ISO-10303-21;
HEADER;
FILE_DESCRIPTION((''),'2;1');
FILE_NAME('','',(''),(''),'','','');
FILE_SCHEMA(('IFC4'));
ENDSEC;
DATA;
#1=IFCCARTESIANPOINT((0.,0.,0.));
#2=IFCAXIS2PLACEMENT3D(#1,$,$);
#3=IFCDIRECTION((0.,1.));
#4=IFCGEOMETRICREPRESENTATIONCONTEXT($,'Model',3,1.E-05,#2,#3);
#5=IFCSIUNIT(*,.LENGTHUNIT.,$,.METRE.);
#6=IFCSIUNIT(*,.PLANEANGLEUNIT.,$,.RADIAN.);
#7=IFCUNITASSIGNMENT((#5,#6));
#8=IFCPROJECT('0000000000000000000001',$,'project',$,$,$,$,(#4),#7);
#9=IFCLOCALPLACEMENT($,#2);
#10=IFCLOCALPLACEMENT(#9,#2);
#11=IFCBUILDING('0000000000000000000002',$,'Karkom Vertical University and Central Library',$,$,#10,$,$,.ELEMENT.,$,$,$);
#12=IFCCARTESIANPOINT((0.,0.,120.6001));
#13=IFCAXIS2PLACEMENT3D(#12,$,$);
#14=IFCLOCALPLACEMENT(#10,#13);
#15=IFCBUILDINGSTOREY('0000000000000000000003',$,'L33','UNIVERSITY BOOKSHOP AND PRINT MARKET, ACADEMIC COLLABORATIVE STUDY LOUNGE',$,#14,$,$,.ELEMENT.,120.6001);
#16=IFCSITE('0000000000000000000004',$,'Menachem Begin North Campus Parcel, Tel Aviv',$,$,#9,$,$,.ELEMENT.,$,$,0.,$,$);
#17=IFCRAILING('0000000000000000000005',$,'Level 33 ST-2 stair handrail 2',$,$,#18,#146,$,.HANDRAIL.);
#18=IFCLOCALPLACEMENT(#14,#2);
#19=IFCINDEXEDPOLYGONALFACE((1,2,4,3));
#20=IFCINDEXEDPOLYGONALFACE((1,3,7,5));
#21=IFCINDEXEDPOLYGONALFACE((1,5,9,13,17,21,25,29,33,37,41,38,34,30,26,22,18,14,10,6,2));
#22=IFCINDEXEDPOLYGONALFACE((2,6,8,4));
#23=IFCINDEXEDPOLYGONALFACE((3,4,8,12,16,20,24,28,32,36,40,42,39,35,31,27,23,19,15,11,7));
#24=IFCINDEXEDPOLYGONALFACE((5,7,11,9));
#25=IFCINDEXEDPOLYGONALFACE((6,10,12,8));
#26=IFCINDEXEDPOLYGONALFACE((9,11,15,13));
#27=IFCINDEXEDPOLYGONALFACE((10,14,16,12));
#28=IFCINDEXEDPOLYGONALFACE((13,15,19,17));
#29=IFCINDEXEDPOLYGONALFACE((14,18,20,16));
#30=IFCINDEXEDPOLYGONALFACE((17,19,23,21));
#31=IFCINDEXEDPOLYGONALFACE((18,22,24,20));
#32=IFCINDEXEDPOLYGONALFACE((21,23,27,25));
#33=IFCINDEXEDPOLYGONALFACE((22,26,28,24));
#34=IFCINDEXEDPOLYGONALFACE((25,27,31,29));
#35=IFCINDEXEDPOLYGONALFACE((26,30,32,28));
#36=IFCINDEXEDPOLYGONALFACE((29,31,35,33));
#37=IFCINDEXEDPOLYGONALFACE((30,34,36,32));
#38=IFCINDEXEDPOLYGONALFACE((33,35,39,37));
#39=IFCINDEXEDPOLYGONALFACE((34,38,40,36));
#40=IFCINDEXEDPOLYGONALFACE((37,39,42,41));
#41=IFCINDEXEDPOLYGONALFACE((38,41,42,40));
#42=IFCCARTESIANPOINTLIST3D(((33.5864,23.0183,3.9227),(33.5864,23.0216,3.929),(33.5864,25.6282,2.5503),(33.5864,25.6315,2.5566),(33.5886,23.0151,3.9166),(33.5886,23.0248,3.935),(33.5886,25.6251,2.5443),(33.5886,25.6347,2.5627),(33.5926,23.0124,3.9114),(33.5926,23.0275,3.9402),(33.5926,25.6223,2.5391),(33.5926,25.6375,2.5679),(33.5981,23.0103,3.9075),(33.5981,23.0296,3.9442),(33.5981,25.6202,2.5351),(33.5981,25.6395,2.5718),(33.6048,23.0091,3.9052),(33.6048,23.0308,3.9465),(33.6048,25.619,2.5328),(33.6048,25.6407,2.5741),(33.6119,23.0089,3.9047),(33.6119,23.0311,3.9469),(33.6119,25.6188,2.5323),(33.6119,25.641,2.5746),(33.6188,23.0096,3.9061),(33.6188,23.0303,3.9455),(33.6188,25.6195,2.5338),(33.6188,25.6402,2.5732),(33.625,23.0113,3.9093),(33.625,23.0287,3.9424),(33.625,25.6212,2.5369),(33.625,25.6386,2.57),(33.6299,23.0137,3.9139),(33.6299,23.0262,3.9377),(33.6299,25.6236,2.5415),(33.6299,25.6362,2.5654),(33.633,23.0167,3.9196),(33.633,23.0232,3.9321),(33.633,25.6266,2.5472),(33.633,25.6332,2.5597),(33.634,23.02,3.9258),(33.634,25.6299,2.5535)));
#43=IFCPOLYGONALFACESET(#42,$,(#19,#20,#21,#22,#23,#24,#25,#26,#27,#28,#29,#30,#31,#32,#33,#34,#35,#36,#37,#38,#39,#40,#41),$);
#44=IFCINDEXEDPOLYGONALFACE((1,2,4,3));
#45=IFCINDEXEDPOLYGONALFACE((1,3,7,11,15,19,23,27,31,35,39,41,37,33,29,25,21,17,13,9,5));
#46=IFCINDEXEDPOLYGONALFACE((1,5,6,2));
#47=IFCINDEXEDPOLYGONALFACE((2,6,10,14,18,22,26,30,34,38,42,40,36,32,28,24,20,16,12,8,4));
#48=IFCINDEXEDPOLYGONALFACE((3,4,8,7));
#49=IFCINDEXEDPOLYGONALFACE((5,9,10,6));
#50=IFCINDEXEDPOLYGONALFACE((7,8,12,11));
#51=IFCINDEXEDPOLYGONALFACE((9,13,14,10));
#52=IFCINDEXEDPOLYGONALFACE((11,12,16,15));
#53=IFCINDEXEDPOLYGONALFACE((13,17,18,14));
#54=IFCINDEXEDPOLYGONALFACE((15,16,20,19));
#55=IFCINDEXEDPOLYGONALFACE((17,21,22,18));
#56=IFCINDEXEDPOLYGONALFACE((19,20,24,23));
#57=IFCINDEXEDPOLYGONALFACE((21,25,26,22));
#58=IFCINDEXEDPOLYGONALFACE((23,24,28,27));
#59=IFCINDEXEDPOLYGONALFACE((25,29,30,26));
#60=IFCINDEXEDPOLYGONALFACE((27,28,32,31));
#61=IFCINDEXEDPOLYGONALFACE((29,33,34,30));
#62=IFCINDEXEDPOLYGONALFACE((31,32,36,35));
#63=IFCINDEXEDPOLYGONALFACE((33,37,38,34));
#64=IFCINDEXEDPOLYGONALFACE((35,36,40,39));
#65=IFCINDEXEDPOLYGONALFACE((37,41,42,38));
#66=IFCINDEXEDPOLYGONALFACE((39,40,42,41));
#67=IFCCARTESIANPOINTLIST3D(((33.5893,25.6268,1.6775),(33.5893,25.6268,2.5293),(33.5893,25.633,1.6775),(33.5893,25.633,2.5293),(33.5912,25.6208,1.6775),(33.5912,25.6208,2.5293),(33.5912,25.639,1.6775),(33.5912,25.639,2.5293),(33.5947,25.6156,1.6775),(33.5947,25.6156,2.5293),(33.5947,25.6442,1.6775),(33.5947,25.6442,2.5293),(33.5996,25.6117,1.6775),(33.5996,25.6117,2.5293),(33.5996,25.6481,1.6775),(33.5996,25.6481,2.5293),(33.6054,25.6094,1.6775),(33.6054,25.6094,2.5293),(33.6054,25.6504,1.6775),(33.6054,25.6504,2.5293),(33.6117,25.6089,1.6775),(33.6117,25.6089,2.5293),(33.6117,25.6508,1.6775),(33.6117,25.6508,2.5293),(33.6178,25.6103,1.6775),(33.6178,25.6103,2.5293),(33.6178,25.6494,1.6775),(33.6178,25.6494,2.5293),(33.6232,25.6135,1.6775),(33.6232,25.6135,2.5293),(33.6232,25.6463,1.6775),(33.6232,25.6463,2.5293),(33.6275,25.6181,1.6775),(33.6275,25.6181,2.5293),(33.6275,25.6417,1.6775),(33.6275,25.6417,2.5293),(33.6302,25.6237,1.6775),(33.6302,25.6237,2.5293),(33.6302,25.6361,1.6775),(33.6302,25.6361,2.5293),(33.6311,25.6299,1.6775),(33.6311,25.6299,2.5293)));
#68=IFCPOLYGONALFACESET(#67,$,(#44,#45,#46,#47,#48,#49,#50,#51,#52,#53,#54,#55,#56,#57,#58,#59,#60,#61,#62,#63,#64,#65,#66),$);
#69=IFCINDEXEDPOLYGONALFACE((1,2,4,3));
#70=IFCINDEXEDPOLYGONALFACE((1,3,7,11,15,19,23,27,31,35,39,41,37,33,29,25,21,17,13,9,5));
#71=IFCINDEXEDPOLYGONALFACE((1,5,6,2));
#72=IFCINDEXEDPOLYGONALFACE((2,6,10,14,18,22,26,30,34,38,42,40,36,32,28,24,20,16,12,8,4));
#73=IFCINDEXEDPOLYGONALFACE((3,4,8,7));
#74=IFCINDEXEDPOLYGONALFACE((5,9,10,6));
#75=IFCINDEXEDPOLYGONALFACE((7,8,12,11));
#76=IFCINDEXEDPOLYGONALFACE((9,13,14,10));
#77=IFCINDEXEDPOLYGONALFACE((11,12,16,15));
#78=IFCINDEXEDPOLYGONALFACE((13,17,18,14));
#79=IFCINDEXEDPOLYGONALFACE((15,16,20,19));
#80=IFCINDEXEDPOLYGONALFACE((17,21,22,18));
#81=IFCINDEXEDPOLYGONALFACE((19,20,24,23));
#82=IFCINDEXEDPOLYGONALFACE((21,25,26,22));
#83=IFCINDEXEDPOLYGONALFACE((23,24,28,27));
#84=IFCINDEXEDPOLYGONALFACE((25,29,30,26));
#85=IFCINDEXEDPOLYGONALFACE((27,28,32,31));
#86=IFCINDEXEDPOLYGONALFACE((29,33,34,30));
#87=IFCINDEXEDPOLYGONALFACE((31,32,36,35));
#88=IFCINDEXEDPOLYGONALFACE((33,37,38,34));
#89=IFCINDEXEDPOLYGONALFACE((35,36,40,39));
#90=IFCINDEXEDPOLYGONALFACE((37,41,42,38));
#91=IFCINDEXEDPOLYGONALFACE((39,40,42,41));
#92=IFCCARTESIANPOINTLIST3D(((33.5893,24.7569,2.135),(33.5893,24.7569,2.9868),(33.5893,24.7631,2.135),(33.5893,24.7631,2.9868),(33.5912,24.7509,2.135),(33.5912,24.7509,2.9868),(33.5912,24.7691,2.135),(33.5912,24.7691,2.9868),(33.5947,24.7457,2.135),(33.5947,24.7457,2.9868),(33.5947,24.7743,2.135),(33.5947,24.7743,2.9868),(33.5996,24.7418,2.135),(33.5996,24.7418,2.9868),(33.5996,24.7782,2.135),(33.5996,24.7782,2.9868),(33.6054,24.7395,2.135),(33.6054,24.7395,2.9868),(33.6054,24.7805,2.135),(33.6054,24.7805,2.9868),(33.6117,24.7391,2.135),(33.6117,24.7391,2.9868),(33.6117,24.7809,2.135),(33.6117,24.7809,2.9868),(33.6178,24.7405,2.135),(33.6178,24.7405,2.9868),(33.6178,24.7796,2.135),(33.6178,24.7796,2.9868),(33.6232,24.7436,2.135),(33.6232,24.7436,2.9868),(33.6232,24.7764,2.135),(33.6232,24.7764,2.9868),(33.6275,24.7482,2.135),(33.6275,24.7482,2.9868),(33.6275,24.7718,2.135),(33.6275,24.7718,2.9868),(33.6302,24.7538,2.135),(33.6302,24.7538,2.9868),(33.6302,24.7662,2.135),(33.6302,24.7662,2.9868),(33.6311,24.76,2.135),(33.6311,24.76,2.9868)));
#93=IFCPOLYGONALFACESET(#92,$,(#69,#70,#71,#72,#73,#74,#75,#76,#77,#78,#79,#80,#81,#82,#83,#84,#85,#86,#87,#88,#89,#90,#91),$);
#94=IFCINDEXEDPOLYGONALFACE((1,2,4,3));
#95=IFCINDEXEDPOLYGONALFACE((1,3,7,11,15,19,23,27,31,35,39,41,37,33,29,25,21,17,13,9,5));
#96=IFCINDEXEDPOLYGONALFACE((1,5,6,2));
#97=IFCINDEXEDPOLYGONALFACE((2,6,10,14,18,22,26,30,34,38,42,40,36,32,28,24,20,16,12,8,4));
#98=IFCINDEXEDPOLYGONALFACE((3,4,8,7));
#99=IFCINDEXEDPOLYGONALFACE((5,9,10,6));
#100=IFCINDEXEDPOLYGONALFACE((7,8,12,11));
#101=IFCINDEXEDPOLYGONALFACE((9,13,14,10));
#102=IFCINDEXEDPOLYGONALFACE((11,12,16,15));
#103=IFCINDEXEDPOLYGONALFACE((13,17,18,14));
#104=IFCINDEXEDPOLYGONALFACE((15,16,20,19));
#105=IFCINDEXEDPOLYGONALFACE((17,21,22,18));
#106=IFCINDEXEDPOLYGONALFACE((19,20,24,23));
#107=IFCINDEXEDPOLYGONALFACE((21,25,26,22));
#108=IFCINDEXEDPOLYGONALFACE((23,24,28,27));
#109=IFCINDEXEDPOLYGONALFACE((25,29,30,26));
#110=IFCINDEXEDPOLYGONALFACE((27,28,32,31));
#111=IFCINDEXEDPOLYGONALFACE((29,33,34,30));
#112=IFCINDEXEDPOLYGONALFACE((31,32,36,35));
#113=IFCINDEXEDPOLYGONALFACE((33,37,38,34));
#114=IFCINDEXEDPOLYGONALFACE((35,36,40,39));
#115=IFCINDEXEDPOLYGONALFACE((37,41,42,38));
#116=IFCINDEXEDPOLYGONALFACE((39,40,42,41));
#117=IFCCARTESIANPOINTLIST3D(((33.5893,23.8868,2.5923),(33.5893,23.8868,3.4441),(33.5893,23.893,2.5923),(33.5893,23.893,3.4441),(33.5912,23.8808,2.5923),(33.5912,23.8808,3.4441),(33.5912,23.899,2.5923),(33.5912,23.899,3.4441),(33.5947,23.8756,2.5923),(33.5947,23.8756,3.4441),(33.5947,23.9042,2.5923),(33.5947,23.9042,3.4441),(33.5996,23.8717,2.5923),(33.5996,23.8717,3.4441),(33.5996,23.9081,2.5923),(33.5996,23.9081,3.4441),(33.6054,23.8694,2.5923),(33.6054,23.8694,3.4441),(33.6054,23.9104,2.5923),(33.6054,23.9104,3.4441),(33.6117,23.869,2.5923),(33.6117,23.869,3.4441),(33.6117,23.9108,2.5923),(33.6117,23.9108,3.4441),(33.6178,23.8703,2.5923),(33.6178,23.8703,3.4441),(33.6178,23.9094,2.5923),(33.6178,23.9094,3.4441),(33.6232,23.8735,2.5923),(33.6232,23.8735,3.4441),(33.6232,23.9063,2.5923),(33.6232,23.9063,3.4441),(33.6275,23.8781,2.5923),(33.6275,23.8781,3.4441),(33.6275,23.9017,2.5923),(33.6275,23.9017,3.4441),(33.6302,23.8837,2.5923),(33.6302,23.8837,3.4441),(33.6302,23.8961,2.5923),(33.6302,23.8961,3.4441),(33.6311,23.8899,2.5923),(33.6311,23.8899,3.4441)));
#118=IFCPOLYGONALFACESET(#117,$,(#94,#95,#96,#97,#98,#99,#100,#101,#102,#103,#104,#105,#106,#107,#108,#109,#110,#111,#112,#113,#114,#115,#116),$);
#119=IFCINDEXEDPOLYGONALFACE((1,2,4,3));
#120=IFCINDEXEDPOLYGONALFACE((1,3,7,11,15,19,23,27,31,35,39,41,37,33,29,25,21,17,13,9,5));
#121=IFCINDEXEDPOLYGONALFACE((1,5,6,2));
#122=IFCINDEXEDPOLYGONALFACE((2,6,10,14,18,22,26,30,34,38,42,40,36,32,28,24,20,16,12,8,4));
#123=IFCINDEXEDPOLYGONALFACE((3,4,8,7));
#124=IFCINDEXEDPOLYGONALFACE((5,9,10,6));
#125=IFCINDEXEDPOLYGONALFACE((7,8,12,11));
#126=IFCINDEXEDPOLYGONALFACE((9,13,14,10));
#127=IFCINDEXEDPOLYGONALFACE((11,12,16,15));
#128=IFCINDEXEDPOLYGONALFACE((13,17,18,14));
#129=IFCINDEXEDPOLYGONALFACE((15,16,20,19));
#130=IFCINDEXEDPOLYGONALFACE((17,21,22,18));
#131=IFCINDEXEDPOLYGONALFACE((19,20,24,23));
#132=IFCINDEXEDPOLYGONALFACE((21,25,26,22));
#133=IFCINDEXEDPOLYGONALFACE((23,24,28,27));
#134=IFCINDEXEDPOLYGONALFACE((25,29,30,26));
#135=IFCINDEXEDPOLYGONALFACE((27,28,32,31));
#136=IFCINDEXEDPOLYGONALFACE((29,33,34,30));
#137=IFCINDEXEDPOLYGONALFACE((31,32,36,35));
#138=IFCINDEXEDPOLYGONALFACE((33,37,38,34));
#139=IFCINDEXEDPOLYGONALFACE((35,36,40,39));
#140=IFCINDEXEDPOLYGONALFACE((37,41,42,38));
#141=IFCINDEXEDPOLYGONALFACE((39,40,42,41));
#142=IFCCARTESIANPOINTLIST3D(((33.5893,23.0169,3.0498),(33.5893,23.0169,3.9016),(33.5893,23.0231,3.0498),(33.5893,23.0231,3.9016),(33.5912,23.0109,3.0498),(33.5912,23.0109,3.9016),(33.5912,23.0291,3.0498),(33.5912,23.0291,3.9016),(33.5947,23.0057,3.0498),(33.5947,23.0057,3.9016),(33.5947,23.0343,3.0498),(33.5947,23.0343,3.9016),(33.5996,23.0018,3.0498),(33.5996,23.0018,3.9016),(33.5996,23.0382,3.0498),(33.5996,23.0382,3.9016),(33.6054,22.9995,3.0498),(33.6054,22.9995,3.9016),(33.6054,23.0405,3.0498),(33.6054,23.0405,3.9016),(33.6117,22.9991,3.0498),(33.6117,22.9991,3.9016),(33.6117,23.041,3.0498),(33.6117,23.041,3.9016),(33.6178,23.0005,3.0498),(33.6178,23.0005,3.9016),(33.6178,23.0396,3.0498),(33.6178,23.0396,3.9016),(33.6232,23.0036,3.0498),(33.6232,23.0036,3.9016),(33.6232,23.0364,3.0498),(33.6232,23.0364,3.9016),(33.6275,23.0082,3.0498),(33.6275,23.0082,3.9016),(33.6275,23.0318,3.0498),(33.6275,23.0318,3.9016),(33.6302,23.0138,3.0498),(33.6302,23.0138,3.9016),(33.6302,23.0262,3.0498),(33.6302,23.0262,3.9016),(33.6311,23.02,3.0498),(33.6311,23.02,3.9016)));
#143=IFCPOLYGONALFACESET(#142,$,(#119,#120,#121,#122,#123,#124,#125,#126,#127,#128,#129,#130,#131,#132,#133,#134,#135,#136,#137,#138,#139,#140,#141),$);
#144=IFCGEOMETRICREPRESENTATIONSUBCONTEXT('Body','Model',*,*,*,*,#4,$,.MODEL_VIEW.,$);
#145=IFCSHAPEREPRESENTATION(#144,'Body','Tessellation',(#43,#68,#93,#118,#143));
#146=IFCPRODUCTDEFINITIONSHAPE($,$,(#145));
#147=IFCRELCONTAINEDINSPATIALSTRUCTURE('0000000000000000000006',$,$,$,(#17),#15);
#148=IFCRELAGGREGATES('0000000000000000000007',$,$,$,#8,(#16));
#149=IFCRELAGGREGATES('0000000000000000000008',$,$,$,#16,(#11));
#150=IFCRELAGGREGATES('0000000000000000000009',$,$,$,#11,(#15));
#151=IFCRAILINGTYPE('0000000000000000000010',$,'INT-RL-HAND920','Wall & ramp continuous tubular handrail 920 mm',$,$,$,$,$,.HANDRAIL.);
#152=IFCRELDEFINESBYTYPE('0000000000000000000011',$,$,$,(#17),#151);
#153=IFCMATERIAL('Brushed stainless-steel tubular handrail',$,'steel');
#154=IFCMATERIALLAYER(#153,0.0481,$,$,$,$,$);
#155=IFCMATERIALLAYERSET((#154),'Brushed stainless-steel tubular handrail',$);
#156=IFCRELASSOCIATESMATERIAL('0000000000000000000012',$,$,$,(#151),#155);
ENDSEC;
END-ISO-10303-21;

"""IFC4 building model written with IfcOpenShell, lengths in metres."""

from ifc_helpers import new_model, si_unit, direction, frame, origin, origin_2d, place, context, subcontext, project, spatial, circle, extrude, material, layer, layer_set, type_object, element, save


model = new_model("IFC4")

# Units and contexts
model_context = context("Model", 3, precision=1e-05, world=origin(), true_north=direction((0.0, 1.0)))
body_context = subcontext(model_context, "Body", "Model", "MODEL_VIEW")
ifc_project = project(units=[si_unit("LENGTHUNIT", "METRE"), si_unit("PLANEANGLEUNIT", "RADIAN")], contexts=[model_context])

# Site, building, storey
site_placement = place(None, origin())
site = spatial("IfcSite", under=ifc_project, at=site_placement, Name="Menachem Begin North Campus Parcel, Tel Aviv", CompositionType="ELEMENT", RefElevation=0.0)
building_placement = place(site_placement, origin())
building = spatial("IfcBuilding", under=site, at=building_placement, Name="Karkom Vertical University and Central Library", CompositionType="ELEMENT")
storey_placement = place(building_placement, frame((0.0, 0.0, 120.6001)))
storey = spatial("IfcBuildingStorey", under=building, at=storey_placement, Name="L33", Description="UNIVERSITY BOOKSHOP AND PRINT MARKET, ACADEMIC COLLABORATIVE STUDY LOUNGE", CompositionType="ELEMENT", Elevation=120.6001)

# Railing
ifc_material_1 = material(Name="Brushed stainless-steel tubular handrail", Category="steel")
ifc_layer_1 = layer(ifc_material_1, 0.0481)
ifc_layer_set_1 = layer_set([ifc_layer_1], Name="Brushed stainless-steel tubular handrail")
railing_type_1 = type_object("IfcRailingType", Name="INT-RL-HAND920", Description="Wall & ramp continuous tubular handrail 920 mm", PredefinedType="HANDRAIL", material=ifc_layer_set_1)
railing_1_placement = place(storey_placement, frame((33.6101, 25.6299, 1.6775)))
element("IfcRailing", 1, at=railing_1_placement, inside=storey, type_object=railing_type_1, Name="Level 33 ST-2 stair handrail 2", PredefinedType="HANDRAIL", context=body_context, shape_type="SweptSolid", body=[
    extrude(circle(Radius=0.0239, at=origin_2d()), frame((0.0, 0.0, 0.876), z_axis=(0.0, -0.8851, 0.465402), x_axis=(1.0, 0.0, 0.0)), (0.0, 0.0, 1.0), 2.9487),
    extrude(circle(Radius=0.021, at=origin_2d()), origin(), (0.0, 0.0, 1.0), 0.8518),
    extrude(circle(Radius=0.021, at=origin_2d()), frame((0.0, -0.8699, 0.4575)), (0.0, 0.0, 1.0), 0.8518),
    extrude(circle(Radius=0.021, at=origin_2d()), frame((0.0, -1.74, 0.9148)), (0.0, 0.0, 1.0), 0.8518),
    extrude(circle(Radius=0.021, at=origin_2d()), frame((0.0, -2.6099, 1.3723)), (0.0, 0.0, 1.0), 0.8518),
])

save(model, "model.ifc")
